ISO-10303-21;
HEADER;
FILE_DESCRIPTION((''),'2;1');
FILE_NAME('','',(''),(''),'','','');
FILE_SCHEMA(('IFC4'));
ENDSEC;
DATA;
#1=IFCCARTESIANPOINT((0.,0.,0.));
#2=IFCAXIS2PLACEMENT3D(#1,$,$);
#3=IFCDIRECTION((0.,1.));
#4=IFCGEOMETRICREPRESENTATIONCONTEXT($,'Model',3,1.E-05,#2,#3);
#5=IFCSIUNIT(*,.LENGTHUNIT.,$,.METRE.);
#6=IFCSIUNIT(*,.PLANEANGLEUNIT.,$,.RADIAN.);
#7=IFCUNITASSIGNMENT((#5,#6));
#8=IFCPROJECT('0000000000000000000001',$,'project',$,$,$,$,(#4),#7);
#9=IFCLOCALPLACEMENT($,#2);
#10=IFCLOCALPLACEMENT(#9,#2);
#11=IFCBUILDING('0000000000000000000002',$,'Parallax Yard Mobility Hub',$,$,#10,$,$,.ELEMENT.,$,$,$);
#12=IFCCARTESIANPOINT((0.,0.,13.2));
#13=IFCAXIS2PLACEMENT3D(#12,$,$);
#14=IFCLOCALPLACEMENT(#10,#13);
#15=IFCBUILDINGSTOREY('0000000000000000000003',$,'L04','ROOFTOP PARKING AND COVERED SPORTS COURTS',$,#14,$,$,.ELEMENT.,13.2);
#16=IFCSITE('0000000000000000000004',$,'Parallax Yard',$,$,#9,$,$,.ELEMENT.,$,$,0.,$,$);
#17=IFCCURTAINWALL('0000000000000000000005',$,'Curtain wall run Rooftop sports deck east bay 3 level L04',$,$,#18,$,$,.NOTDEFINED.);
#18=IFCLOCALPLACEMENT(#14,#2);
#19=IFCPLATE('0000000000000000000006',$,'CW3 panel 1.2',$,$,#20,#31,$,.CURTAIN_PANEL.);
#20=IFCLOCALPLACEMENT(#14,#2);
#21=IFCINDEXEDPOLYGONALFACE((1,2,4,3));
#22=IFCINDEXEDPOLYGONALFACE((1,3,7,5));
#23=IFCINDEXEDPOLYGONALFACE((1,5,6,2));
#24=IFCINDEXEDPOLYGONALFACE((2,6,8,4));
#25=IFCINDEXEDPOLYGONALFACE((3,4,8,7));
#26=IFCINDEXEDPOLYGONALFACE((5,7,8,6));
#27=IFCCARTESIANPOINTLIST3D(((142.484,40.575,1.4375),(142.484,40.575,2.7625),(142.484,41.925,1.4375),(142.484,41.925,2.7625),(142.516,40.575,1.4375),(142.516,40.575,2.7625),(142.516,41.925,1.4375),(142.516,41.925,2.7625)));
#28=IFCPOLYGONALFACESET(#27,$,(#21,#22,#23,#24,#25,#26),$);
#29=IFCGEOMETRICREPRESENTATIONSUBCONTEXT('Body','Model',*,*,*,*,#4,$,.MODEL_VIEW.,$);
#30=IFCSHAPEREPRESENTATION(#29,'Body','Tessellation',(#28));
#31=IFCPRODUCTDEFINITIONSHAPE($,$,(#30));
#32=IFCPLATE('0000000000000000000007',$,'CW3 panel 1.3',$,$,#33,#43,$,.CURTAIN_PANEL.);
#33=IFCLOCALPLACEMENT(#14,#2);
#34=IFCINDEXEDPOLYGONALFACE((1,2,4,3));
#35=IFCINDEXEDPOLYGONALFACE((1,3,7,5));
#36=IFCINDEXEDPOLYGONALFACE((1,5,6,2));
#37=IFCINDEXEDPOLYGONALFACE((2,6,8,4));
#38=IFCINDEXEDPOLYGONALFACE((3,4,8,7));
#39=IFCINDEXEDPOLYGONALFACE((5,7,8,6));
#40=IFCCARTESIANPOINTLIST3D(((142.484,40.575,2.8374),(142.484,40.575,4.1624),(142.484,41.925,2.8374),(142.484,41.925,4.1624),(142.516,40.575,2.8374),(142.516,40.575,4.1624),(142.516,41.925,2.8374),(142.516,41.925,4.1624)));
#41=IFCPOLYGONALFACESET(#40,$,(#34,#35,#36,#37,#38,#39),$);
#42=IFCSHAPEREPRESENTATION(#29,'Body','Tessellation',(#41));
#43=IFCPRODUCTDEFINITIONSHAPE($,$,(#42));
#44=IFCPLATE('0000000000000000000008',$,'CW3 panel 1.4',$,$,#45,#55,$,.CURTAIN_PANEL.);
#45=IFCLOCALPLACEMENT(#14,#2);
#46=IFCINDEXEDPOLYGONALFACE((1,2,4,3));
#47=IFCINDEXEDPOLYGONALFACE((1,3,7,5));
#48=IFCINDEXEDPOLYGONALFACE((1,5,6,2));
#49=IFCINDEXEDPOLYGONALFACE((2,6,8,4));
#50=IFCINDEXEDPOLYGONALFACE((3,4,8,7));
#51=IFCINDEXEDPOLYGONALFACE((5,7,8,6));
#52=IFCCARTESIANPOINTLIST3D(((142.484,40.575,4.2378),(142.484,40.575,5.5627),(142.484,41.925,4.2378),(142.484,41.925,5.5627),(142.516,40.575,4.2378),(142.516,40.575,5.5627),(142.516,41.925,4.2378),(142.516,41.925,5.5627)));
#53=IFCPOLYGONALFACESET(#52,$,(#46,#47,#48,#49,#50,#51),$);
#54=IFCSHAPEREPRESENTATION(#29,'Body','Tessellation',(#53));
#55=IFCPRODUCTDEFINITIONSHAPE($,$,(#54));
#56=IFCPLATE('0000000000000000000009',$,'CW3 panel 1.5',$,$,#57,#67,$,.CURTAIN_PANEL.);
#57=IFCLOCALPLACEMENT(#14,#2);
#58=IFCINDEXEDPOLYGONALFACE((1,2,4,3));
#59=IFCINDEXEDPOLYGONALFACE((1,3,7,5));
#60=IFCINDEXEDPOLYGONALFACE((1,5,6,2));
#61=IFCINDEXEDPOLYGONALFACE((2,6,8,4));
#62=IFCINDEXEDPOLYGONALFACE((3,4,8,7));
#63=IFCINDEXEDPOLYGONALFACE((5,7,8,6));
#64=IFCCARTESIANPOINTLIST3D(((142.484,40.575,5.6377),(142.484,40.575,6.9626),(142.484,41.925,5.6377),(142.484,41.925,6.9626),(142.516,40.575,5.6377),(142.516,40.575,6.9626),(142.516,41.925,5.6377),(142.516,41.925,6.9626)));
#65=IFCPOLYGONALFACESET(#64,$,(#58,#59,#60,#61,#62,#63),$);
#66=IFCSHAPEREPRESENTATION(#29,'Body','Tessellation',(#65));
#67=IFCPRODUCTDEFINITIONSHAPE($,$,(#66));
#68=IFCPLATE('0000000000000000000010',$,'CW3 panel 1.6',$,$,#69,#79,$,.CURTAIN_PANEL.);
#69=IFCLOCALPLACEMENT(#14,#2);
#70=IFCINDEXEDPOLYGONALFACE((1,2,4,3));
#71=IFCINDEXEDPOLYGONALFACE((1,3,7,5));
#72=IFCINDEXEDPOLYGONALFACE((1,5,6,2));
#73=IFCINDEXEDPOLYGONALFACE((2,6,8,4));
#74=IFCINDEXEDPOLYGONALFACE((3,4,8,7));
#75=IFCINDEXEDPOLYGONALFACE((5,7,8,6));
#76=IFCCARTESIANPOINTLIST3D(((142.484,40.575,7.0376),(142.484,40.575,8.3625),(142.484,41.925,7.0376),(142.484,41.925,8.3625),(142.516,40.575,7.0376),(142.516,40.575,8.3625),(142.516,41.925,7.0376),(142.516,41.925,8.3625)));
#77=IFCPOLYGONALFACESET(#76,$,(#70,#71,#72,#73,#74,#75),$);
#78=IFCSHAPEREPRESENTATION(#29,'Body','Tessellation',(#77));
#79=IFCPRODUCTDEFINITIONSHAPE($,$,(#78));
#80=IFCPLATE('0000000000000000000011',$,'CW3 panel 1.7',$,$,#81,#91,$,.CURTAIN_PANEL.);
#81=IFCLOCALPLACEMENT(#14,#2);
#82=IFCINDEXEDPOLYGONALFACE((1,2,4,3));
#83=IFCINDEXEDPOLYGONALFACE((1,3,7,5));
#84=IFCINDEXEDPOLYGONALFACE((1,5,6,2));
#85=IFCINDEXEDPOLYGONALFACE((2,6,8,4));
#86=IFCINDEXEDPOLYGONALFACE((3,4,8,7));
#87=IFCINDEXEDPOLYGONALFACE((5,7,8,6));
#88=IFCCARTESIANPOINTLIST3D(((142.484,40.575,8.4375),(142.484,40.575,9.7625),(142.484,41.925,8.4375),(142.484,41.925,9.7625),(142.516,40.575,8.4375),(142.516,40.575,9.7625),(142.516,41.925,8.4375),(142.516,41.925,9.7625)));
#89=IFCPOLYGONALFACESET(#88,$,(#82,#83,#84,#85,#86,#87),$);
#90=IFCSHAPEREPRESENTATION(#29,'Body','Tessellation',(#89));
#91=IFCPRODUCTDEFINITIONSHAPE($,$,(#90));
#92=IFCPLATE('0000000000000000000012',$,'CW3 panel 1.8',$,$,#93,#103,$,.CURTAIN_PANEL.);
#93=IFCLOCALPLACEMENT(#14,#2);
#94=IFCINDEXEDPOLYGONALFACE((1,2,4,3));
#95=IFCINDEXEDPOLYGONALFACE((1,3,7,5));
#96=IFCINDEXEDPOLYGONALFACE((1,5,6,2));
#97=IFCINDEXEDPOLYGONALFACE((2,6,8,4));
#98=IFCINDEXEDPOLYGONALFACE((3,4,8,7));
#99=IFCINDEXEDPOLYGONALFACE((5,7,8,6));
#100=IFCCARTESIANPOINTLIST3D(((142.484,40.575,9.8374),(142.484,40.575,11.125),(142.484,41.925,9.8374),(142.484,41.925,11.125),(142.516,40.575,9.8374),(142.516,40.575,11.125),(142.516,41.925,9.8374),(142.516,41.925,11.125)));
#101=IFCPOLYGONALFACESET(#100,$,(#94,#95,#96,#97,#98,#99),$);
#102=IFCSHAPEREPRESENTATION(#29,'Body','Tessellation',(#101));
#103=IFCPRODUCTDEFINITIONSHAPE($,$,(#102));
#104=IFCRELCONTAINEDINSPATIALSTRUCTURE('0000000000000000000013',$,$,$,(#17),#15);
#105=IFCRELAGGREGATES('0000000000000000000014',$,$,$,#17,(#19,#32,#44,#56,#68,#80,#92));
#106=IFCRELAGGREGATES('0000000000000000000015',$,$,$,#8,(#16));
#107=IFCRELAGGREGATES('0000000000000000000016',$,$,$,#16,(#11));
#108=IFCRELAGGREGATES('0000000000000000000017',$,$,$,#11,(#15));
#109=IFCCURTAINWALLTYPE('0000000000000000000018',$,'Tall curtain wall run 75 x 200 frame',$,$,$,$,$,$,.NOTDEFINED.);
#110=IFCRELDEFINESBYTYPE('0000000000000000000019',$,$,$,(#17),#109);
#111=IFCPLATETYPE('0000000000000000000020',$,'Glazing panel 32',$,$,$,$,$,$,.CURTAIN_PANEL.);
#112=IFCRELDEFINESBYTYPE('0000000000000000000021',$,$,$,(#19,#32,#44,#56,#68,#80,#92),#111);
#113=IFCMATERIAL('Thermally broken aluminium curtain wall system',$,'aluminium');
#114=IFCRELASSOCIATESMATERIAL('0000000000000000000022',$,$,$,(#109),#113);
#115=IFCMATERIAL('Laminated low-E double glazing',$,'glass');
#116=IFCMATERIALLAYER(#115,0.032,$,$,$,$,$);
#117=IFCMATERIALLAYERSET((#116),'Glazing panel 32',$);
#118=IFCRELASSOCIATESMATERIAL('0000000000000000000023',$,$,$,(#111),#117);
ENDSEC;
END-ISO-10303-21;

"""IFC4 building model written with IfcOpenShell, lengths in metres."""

from ifc_helpers import new_model, si_unit, direction, frame, origin, origin_2d, place, context, subcontext, project, spatial, rectangle, extrude, material, layer, layer_set, type_object, element, aggregate, save


model = new_model("IFC4")

# Units and contexts
model_context = context("Model", 3, precision=1e-05, world=origin(), true_north=direction((0.0, 1.0)))
body_context = subcontext(model_context, "Body", "Model", "MODEL_VIEW")
ifc_project = project(units=[si_unit("LENGTHUNIT", "METRE"), si_unit("PLANEANGLEUNIT", "RADIAN")], contexts=[model_context])

# Site, building, storey
site_placement = place(None, origin())
site = spatial("IfcSite", under=ifc_project, at=site_placement, Name="Parallax Yard", CompositionType="ELEMENT", RefElevation=0.0)
building_placement = place(site_placement, origin())
building = spatial("IfcBuilding", under=site, at=building_placement, Name="Parallax Yard Mobility Hub", CompositionType="ELEMENT")
storey_placement = place(building_placement, frame((0.0, 0.0, 13.2)))
storey = spatial("IfcBuildingStorey", under=building, at=storey_placement, Name="L04", Description="ROOFTOP PARKING AND COVERED SPORTS COURTS", CompositionType="ELEMENT", Elevation=13.2)

# Shared definitions
ifc_material_1 = material(Name="Thermally broken aluminium curtain wall system", Category="aluminium")
curtain_wall_type = type_object("IfcCurtainWallType", Name="Tall curtain wall run 75 x 200 frame", PredefinedType="NOTDEFINED", material=ifc_material_1)

# Curtain wall
curtain_wall_1_placement = place(storey_placement, origin())
curtain_wall_1 = element("IfcCurtainWall", 1, at=curtain_wall_1_placement, inside=storey, type_object=curtain_wall_type, Name="Curtain wall run Rooftop sports deck east bay 3 level L04", PredefinedType="NOTDEFINED")

# Plates
ifc_material_2 = material(Name="Laminated low-E double glazing", Category="glass")
ifc_layer = layer(ifc_material_2, 0.032)
ifc_layer_set = layer_set([ifc_layer], Name="Glazing panel 32")
plate_type = type_object("IfcPlateType", Name="Glazing panel 32", PredefinedType="CURTAIN_PANEL", material=ifc_layer_set)
plate_1_placement = place(storey_placement, frame((142.5, 41.25, 1.4375), z_axis=(0.0, 0.0, 1.0), x_axis=(0.0, 1.0, 0.0)))
plate_1 = element("IfcPlate", 2, at=plate_1_placement, type_object=plate_type, Name="CW3 panel 1.2", PredefinedType="CURTAIN_PANEL", context=body_context, shape_type="SweptSolid", body=[
    extrude(rectangle(XDim=1.3501, YDim=0.032, at=origin_2d()), origin(), (0.0, 0.0, 1.0), 1.325),
])
plate_2_placement = place(storey_placement, frame((142.5, 41.25, 2.8374), z_axis=(0.0, 0.0, 1.0), x_axis=(0.0, 1.0, 0.0)))
plate_2 = element("IfcPlate", 3, at=plate_2_placement, type_object=plate_type, Name="CW3 panel 1.3", PredefinedType="CURTAIN_PANEL", context=body_context, shape_type="SweptSolid", body=[
    extrude(rectangle(XDim=1.3501, YDim=0.032, at=origin_2d()), origin(), (0.0, 0.0, 1.0), 1.325),
])
plate_3_placement = place(storey_placement, frame((142.5, 41.25, 4.2378), z_axis=(0.0, 0.0, 1.0), x_axis=(0.0, 1.0, 0.0)))
plate_3 = element("IfcPlate", 4, at=plate_3_placement, type_object=plate_type, Name="CW3 panel 1.4", PredefinedType="CURTAIN_PANEL", context=body_context, shape_type="SweptSolid", body=[
    extrude(rectangle(XDim=1.3501, YDim=0.032, at=origin_2d()), origin(), (0.0, 0.0, 1.0), 1.325),
])
plate_4_placement = place(storey_placement, frame((142.5, 41.25, 5.6377), z_axis=(0.0, 0.0, 1.0), x_axis=(0.0, 1.0, 0.0)))
plate_4 = element("IfcPlate", 5, at=plate_4_placement, type_object=plate_type, Name="CW3 panel 1.5", PredefinedType="CURTAIN_PANEL", context=body_context, shape_type="SweptSolid", body=[
    extrude(rectangle(XDim=1.3501, YDim=0.032, at=origin_2d()), origin(), (0.0, 0.0, 1.0), 1.325),
])
plate_5_placement = place(storey_placement, frame((142.5, 41.25, 7.0376), z_axis=(0.0, 0.0, 1.0), x_axis=(0.0, 1.0, 0.0)))
plate_5 = element("IfcPlate", 6, at=plate_5_placement, type_object=plate_type, Name="CW3 panel 1.6", PredefinedType="CURTAIN_PANEL", context=body_context, shape_type="SweptSolid", body=[
    extrude(rectangle(XDim=1.3501, YDim=0.032, at=origin_2d()), origin(), (0.0, 0.0, 1.0), 1.325),
])
plate_6_placement = place(storey_placement, frame((142.5, 41.25, 8.4375), z_axis=(0.0, 0.0, 1.0), x_axis=(0.0, 1.0, 0.0)))
plate_6 = element("IfcPlate", 7, at=plate_6_placement, type_object=plate_type, Name="CW3 panel 1.7", PredefinedType="CURTAIN_PANEL", context=body_context, shape_type="SweptSolid", body=[
    extrude(rectangle(XDim=1.3501, YDim=0.032, at=origin_2d()), origin(), (0.0, 0.0, 1.0), 1.325),
])
plate_7_placement = place(storey_placement, frame((142.5, 41.25, 9.8374), z_axis=(0.0, 0.0, 1.0), x_axis=(0.0, 1.0, 0.0)))
plate_7 = element("IfcPlate", 8, at=plate_7_placement, type_object=plate_type, Name="CW3 panel 1.8", PredefinedType="CURTAIN_PANEL", context=body_context, shape_type="SweptSolid", body=[
    extrude(rectangle(XDim=1.3501, YDim=0.032, at=origin_2d()), origin(), (0.0, 0.0, 1.0), 1.2876),
])
aggregate(curtain_wall_1, [plate_1, plate_2, plate_3, plate_4, plate_5, plate_6, plate_7])

save(model, "model.ifc")
